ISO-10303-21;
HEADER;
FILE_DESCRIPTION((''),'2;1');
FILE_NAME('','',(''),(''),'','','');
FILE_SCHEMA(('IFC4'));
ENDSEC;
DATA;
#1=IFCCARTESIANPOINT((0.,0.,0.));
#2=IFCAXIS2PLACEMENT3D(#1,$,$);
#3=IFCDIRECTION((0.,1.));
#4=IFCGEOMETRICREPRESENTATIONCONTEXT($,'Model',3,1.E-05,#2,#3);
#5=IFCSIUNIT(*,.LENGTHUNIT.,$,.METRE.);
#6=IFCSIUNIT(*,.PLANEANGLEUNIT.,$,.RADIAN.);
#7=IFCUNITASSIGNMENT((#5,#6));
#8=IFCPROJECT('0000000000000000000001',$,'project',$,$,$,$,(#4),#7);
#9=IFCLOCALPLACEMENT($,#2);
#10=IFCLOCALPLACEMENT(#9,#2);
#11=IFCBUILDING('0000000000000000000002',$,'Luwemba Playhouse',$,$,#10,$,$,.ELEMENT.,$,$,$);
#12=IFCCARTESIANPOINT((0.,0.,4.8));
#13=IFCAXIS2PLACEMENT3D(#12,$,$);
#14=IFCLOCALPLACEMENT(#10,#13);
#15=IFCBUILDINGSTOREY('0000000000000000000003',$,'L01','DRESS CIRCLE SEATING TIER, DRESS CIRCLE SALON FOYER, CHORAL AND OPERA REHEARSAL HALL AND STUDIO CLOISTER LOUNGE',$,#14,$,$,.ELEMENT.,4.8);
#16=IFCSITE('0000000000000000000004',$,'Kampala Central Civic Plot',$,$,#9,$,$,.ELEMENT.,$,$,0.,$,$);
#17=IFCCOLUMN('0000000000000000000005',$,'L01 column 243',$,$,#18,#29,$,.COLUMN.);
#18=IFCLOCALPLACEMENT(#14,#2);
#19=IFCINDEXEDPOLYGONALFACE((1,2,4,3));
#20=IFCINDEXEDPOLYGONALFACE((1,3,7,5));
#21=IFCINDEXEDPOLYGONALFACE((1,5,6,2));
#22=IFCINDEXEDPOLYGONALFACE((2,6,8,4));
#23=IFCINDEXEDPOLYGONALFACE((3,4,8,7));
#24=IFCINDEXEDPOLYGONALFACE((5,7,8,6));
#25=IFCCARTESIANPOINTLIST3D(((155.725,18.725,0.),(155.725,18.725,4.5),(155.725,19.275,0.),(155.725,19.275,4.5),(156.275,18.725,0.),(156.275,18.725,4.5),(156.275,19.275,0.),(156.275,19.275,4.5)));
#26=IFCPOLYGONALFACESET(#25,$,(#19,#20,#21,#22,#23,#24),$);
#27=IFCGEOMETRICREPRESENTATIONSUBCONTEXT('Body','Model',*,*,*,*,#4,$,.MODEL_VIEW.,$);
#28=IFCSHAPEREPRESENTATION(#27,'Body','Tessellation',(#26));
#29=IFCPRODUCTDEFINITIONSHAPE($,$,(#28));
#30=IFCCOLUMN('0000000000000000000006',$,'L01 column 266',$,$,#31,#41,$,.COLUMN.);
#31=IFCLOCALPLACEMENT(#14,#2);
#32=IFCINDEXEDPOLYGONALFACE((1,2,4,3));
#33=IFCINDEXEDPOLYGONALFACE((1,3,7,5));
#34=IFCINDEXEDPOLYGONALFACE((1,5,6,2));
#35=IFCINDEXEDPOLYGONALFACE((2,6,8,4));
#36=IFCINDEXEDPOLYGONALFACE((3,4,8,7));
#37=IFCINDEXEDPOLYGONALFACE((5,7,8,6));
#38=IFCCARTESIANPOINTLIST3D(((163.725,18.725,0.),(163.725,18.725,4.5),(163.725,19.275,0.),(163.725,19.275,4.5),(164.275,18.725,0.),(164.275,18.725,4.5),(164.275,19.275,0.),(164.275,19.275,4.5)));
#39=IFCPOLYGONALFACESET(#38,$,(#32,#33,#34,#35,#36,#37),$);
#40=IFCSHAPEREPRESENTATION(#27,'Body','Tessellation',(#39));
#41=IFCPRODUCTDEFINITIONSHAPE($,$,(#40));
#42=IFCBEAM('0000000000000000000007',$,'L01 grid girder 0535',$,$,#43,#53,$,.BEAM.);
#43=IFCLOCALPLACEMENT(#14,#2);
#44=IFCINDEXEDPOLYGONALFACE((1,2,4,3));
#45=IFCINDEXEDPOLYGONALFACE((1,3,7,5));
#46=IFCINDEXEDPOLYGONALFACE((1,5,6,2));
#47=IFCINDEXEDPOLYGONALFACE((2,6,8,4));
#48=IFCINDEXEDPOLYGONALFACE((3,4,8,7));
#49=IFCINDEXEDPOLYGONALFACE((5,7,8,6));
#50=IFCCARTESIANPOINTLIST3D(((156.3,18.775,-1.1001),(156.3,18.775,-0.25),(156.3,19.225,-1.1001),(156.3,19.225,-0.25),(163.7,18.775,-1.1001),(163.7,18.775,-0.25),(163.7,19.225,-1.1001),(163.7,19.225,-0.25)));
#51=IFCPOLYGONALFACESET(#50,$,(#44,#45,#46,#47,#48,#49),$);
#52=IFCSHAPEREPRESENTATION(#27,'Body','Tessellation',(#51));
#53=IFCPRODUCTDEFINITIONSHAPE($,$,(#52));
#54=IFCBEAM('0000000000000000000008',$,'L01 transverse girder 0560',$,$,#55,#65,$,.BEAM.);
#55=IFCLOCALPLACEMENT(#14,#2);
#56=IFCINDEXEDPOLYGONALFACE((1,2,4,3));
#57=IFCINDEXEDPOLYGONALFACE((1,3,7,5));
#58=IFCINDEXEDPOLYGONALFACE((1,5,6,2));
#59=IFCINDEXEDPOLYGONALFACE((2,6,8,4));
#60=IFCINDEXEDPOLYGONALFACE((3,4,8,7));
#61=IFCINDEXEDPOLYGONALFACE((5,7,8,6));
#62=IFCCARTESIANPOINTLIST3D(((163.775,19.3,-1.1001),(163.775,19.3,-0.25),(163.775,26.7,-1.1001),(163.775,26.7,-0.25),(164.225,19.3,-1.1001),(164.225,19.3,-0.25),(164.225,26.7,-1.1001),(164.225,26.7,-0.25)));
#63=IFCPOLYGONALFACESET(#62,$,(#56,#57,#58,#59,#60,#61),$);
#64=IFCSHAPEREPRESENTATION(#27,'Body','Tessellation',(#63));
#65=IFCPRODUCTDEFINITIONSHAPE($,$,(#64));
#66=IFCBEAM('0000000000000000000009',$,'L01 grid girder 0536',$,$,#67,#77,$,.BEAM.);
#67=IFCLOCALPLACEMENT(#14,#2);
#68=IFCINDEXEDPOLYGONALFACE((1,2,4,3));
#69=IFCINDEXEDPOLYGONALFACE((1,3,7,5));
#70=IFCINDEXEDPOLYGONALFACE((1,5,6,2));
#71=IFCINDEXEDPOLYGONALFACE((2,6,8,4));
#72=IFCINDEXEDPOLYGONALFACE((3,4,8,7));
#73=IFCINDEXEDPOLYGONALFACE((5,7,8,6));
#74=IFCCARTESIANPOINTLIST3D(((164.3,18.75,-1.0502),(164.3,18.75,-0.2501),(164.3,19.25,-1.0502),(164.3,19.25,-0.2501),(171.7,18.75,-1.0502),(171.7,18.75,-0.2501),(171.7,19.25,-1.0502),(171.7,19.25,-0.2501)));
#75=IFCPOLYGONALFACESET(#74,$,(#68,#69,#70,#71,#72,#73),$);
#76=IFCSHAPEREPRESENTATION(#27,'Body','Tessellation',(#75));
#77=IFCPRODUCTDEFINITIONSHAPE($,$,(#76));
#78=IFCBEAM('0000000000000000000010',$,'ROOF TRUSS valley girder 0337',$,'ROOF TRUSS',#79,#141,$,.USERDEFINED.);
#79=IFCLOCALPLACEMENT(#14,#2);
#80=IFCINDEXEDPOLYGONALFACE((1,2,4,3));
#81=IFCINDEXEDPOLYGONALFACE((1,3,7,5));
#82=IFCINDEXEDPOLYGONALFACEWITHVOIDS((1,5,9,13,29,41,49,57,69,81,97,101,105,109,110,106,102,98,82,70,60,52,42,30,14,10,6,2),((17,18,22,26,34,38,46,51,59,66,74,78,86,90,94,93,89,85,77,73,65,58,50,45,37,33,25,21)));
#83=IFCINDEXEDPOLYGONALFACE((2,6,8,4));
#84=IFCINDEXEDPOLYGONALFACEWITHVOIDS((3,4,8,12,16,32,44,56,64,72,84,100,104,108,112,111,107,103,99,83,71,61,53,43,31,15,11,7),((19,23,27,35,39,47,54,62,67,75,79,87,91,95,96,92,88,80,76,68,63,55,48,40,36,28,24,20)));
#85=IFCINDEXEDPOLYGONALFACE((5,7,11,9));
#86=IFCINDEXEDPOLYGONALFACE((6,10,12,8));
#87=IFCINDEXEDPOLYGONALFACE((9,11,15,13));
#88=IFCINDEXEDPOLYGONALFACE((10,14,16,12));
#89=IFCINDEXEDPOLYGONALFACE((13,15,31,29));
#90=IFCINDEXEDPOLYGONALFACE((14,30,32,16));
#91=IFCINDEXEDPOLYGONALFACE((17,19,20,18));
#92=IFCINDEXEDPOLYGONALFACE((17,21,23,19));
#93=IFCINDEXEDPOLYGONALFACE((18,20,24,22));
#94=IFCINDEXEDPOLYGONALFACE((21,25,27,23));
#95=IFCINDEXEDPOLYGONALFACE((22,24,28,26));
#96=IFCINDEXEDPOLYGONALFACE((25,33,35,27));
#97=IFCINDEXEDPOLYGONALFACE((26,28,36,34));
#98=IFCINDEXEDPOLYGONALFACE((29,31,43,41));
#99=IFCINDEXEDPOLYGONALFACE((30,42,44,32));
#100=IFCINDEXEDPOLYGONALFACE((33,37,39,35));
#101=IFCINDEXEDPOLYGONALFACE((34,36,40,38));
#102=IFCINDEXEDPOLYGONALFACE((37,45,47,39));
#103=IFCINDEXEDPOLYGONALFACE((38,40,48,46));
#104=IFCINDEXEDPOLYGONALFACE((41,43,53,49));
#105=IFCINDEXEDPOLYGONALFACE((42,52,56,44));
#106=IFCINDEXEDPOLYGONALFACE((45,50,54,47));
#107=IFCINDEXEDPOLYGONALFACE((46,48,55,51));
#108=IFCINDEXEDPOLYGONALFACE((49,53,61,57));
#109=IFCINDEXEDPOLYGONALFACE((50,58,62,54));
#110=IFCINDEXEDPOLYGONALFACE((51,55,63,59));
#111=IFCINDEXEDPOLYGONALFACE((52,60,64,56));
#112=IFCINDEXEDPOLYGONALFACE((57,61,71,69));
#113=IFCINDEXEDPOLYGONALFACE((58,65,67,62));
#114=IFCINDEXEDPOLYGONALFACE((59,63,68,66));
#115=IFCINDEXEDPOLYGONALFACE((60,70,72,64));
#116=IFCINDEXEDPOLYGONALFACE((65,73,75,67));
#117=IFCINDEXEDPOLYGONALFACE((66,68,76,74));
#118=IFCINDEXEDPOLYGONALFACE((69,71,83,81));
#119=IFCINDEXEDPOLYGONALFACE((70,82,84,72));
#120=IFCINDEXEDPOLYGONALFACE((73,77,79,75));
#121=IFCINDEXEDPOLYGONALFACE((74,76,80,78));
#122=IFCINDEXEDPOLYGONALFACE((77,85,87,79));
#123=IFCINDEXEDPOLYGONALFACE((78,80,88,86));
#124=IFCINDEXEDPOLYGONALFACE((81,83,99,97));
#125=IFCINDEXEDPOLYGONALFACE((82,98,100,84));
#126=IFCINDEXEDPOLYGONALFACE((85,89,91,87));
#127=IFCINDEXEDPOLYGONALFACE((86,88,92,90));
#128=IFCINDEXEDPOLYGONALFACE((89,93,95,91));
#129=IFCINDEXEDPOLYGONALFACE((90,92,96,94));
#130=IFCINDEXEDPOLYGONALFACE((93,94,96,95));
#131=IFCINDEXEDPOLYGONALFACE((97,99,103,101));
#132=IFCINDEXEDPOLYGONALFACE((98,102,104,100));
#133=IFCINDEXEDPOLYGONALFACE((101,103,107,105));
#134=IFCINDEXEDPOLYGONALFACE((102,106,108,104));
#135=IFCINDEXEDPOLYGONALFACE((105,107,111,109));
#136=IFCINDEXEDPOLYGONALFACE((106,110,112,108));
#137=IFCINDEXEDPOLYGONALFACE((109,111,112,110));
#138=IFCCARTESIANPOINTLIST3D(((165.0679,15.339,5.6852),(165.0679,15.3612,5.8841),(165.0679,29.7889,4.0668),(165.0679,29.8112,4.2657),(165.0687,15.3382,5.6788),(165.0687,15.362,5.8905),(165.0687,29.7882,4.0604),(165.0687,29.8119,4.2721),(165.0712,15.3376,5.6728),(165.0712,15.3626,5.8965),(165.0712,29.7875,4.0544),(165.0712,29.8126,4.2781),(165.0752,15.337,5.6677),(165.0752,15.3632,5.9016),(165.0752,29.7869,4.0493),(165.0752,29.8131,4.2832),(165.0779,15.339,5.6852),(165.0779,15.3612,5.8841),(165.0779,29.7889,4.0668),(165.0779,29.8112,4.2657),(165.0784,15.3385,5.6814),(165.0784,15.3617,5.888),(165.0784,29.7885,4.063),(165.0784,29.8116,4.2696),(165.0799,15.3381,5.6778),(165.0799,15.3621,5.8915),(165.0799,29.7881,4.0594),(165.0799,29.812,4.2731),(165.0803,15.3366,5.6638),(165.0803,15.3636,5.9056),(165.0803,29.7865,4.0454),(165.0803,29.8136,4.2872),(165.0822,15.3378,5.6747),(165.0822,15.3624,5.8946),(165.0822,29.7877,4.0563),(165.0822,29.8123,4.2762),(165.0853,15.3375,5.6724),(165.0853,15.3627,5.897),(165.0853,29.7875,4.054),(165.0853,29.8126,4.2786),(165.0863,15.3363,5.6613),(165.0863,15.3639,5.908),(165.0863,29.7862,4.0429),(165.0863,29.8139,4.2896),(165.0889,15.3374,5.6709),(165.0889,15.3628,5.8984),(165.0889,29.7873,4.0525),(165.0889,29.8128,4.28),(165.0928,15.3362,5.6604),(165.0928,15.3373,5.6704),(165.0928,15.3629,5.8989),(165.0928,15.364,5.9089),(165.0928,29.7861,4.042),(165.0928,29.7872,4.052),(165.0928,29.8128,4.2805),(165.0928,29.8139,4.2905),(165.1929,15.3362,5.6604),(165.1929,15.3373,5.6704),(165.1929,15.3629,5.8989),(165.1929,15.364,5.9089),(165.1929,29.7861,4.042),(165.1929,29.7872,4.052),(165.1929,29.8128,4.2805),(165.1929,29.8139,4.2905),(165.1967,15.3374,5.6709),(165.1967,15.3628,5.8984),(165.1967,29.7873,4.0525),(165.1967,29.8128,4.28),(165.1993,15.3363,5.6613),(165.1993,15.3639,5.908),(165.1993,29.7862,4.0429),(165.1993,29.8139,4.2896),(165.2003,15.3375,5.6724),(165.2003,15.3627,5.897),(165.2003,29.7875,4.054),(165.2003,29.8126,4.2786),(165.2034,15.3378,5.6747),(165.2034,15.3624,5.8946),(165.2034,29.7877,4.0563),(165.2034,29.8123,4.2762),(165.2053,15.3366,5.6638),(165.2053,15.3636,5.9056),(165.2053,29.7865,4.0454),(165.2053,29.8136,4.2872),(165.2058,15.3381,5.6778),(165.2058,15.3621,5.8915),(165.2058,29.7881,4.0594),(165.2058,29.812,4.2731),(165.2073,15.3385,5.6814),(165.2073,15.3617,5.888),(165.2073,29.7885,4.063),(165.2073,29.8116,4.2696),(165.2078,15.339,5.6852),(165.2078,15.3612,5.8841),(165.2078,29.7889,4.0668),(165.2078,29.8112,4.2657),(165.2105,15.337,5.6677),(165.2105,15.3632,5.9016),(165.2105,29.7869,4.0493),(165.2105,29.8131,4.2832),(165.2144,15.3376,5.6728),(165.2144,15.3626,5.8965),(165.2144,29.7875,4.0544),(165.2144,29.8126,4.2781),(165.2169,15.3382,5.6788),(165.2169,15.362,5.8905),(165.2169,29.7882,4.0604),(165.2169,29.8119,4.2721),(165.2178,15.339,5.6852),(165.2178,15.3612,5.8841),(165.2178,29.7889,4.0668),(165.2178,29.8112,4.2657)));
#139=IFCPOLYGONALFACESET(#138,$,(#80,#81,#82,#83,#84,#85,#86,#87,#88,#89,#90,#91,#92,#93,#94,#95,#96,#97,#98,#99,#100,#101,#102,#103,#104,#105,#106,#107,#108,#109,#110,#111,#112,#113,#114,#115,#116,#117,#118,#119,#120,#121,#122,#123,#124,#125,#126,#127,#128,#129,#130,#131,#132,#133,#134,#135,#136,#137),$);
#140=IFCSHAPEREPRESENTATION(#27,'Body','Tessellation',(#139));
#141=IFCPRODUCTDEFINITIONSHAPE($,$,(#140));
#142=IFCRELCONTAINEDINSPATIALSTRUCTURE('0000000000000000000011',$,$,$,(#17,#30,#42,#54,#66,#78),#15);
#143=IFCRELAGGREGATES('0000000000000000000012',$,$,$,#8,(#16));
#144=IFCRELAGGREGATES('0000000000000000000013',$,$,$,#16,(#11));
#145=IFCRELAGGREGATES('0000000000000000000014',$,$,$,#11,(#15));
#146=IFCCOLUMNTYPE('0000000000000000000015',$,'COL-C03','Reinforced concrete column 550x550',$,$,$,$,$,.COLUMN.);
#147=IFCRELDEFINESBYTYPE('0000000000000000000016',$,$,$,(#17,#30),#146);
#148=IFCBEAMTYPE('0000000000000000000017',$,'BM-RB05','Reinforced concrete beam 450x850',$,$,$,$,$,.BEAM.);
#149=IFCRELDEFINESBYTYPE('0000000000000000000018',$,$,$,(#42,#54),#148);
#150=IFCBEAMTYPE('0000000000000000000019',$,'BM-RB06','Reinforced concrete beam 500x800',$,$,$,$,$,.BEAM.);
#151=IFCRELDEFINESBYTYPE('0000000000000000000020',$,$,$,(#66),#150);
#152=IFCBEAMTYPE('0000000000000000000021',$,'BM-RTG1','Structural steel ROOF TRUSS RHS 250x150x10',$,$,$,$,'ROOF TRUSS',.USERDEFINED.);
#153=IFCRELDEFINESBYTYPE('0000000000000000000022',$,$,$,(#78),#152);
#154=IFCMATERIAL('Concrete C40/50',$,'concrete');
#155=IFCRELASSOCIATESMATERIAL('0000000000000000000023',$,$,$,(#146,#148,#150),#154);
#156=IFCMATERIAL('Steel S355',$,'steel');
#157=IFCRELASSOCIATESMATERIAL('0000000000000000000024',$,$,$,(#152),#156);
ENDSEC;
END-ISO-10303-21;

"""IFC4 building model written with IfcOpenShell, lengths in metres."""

from ifc_helpers import new_model, si_unit, direction, frame, origin, origin_2d, place, context, subcontext, project, spatial, rectangle, hollow_rectangle, extrude, material, material_profile, profile_set, type_object, element, save


model = new_model("IFC4")

# Units and contexts
model_context = context("Model", 3, precision=1e-05, world=origin(), true_north=direction((0.0, 1.0)))
body_context = subcontext(model_context, "Body", "Model", "MODEL_VIEW")
ifc_project = project(units=[si_unit("LENGTHUNIT", "METRE"), si_unit("PLANEANGLEUNIT", "RADIAN")], contexts=[model_context])

# Site, building, storey
site_placement = place(None, origin())
site = spatial("IfcSite", under=ifc_project, at=site_placement, Name="Kampala Central Civic Plot", CompositionType="ELEMENT", RefElevation=0.0)
building_placement = place(site_placement, origin())
building = spatial("IfcBuilding", under=site, at=building_placement, Name="Luwemba Playhouse", CompositionType="ELEMENT")
storey_placement = place(building_placement, frame((0.0, 0.0, 4.8)))
storey = spatial("IfcBuildingStorey", under=building, at=storey_placement, Name="L01", Description="DRESS CIRCLE SEATING TIER, DRESS CIRCLE SALON FOYER, CHORAL AND OPERA REHEARSAL HALL AND STUDIO CLOISTER LOUNGE", CompositionType="ELEMENT", Elevation=4.8)

# Columns
ifc_material_1 = material(Name="Concrete C40/50", Category="concrete")
ifc_material_profile_1 = material_profile(ifc_material_1, rectangle(XDim=0.55, YDim=0.55, at=origin_2d()))
ifc_profile_set_1 = profile_set([ifc_material_profile_1], Name="Concrete C40/50")
column_type = type_object("IfcColumnType", Name="COL-C03", Description="Reinforced concrete column 550x550", PredefinedType="COLUMN", material=ifc_profile_set_1)
for number, where, z_axis, x_axis, name in (
    (1, (156.0, 19.0, 0.0), (0.0, 0.0, 1.0), (1.0, 0.0, 0.0), "L01 column 243"),
    (2, (164.0, 19.0, 0.0), (0.0, 0.0, 1.0), (1.0, 0.0, 0.0), "L01 column 266"),
):
    element("IfcColumn", number, at=place(storey_placement, frame(where, z_axis=z_axis, x_axis=x_axis)), inside=storey, type_object=column_type, Name=name, PredefinedType="COLUMN", context=body_context, shape_type="SweptSolid", body=[
        extrude(rectangle(XDim=0.55, YDim=0.55, at=origin_2d()), origin(), (0.0, 0.0, 1.0), 4.5),
    ])

# Beams
ifc_material_profile_2 = material_profile(ifc_material_1, rectangle(XDim=0.45, YDim=0.8501, at=origin_2d()))
ifc_profile_set_2 = profile_set([ifc_material_profile_2], Name="Concrete C40/50")
beam_type_1 = type_object("IfcBeamType", Name="BM-RB05", Description="Reinforced concrete beam 450x850", PredefinedType="BEAM", material=ifc_profile_set_2)
for number, where, z_axis, x_axis, name in (
    (3, (156.3, 19.0, -0.675), (1.0, 0.0, 0.0), (0.0, 1.0, 0.0), "L01 grid girder 0535"),
    (4, (164.0, 19.3, -0.675), (0.0, 1.0, 0.0), (-1.0, 0.0, 0.0), "L01 transverse girder 0560"),
):
    element("IfcBeam", number, at=place(storey_placement, frame(where, z_axis=z_axis, x_axis=x_axis)), inside=storey, type_object=beam_type_1, Name=name, PredefinedType="BEAM", context=body_context, shape_type="SweptSolid", body=[
        extrude(rectangle(XDim=0.45, YDim=0.8501, at=origin_2d()), origin(), (0.0, 0.0, 1.0), 7.3999),
    ])
ifc_material_profile_3 = material_profile(ifc_material_1, rectangle(XDim=0.5, YDim=0.8, at=origin_2d()))
ifc_profile_set_3 = profile_set([ifc_material_profile_3], Name="Concrete C40/50")
beam_type_2 = type_object("IfcBeamType", Name="BM-RB06", Description="Reinforced concrete beam 500x800", PredefinedType="BEAM", material=ifc_profile_set_3)
beam_1_placement = place(storey_placement, frame((164.3, 19.0, -0.6501), z_axis=(1.0, 0.0, 0.0), x_axis=(0.0, 1.0, 0.0)))
element("IfcBeam", 5, at=beam_1_placement, inside=storey, type_object=beam_type_2, Name="L01 grid girder 0536", PredefinedType="BEAM", context=body_context, shape_type="SweptSolid", body=[
    extrude(rectangle(XDim=0.5, YDim=0.8, at=origin_2d()), origin(), (0.0, 0.0, 1.0), 7.3999),
])
ifc_material_2 = material(Name="Steel S355", Category="steel")
ifc_material_profile_4 = material_profile(ifc_material_2, hollow_rectangle(XDim=0.1499, YDim=0.25, WallThickness=0.01, InnerFilletRadius=0.0149, OuterFilletRadius=0.0249, at=origin_2d()))
ifc_profile_set_4 = profile_set([ifc_material_profile_4], Name="Steel S355")
beam_type_3 = type_object("IfcBeamType", Name="BM-RTG1", Description="Structural steel ROOF TRUSS RHS 250x150x10", ElementType="ROOF TRUSS", PredefinedType="USERDEFINED", material=ifc_profile_set_4)
beam_2_placement = place(storey_placement, frame((165.1428, 15.3501, 5.7847), z_axis=(0.0, 0.993786, -0.111305), x_axis=(-1.0, 0.0, 0.0)))
element("IfcBeam", 6, at=beam_2_placement, inside=storey, type_object=beam_type_3, Name="ROOF TRUSS valley girder 0337", ObjectType="ROOF TRUSS", PredefinedType="USERDEFINED", context=body_context, shape_type="SweptSolid", body=[
    extrude(hollow_rectangle(XDim=0.1499, YDim=0.25, WallThickness=0.01, InnerFilletRadius=0.0149, OuterFilletRadius=0.0249, at=origin_2d()), origin(), (0.0, 0.0, 1.0), 14.5403),
])

save(model, "model.ifc")
